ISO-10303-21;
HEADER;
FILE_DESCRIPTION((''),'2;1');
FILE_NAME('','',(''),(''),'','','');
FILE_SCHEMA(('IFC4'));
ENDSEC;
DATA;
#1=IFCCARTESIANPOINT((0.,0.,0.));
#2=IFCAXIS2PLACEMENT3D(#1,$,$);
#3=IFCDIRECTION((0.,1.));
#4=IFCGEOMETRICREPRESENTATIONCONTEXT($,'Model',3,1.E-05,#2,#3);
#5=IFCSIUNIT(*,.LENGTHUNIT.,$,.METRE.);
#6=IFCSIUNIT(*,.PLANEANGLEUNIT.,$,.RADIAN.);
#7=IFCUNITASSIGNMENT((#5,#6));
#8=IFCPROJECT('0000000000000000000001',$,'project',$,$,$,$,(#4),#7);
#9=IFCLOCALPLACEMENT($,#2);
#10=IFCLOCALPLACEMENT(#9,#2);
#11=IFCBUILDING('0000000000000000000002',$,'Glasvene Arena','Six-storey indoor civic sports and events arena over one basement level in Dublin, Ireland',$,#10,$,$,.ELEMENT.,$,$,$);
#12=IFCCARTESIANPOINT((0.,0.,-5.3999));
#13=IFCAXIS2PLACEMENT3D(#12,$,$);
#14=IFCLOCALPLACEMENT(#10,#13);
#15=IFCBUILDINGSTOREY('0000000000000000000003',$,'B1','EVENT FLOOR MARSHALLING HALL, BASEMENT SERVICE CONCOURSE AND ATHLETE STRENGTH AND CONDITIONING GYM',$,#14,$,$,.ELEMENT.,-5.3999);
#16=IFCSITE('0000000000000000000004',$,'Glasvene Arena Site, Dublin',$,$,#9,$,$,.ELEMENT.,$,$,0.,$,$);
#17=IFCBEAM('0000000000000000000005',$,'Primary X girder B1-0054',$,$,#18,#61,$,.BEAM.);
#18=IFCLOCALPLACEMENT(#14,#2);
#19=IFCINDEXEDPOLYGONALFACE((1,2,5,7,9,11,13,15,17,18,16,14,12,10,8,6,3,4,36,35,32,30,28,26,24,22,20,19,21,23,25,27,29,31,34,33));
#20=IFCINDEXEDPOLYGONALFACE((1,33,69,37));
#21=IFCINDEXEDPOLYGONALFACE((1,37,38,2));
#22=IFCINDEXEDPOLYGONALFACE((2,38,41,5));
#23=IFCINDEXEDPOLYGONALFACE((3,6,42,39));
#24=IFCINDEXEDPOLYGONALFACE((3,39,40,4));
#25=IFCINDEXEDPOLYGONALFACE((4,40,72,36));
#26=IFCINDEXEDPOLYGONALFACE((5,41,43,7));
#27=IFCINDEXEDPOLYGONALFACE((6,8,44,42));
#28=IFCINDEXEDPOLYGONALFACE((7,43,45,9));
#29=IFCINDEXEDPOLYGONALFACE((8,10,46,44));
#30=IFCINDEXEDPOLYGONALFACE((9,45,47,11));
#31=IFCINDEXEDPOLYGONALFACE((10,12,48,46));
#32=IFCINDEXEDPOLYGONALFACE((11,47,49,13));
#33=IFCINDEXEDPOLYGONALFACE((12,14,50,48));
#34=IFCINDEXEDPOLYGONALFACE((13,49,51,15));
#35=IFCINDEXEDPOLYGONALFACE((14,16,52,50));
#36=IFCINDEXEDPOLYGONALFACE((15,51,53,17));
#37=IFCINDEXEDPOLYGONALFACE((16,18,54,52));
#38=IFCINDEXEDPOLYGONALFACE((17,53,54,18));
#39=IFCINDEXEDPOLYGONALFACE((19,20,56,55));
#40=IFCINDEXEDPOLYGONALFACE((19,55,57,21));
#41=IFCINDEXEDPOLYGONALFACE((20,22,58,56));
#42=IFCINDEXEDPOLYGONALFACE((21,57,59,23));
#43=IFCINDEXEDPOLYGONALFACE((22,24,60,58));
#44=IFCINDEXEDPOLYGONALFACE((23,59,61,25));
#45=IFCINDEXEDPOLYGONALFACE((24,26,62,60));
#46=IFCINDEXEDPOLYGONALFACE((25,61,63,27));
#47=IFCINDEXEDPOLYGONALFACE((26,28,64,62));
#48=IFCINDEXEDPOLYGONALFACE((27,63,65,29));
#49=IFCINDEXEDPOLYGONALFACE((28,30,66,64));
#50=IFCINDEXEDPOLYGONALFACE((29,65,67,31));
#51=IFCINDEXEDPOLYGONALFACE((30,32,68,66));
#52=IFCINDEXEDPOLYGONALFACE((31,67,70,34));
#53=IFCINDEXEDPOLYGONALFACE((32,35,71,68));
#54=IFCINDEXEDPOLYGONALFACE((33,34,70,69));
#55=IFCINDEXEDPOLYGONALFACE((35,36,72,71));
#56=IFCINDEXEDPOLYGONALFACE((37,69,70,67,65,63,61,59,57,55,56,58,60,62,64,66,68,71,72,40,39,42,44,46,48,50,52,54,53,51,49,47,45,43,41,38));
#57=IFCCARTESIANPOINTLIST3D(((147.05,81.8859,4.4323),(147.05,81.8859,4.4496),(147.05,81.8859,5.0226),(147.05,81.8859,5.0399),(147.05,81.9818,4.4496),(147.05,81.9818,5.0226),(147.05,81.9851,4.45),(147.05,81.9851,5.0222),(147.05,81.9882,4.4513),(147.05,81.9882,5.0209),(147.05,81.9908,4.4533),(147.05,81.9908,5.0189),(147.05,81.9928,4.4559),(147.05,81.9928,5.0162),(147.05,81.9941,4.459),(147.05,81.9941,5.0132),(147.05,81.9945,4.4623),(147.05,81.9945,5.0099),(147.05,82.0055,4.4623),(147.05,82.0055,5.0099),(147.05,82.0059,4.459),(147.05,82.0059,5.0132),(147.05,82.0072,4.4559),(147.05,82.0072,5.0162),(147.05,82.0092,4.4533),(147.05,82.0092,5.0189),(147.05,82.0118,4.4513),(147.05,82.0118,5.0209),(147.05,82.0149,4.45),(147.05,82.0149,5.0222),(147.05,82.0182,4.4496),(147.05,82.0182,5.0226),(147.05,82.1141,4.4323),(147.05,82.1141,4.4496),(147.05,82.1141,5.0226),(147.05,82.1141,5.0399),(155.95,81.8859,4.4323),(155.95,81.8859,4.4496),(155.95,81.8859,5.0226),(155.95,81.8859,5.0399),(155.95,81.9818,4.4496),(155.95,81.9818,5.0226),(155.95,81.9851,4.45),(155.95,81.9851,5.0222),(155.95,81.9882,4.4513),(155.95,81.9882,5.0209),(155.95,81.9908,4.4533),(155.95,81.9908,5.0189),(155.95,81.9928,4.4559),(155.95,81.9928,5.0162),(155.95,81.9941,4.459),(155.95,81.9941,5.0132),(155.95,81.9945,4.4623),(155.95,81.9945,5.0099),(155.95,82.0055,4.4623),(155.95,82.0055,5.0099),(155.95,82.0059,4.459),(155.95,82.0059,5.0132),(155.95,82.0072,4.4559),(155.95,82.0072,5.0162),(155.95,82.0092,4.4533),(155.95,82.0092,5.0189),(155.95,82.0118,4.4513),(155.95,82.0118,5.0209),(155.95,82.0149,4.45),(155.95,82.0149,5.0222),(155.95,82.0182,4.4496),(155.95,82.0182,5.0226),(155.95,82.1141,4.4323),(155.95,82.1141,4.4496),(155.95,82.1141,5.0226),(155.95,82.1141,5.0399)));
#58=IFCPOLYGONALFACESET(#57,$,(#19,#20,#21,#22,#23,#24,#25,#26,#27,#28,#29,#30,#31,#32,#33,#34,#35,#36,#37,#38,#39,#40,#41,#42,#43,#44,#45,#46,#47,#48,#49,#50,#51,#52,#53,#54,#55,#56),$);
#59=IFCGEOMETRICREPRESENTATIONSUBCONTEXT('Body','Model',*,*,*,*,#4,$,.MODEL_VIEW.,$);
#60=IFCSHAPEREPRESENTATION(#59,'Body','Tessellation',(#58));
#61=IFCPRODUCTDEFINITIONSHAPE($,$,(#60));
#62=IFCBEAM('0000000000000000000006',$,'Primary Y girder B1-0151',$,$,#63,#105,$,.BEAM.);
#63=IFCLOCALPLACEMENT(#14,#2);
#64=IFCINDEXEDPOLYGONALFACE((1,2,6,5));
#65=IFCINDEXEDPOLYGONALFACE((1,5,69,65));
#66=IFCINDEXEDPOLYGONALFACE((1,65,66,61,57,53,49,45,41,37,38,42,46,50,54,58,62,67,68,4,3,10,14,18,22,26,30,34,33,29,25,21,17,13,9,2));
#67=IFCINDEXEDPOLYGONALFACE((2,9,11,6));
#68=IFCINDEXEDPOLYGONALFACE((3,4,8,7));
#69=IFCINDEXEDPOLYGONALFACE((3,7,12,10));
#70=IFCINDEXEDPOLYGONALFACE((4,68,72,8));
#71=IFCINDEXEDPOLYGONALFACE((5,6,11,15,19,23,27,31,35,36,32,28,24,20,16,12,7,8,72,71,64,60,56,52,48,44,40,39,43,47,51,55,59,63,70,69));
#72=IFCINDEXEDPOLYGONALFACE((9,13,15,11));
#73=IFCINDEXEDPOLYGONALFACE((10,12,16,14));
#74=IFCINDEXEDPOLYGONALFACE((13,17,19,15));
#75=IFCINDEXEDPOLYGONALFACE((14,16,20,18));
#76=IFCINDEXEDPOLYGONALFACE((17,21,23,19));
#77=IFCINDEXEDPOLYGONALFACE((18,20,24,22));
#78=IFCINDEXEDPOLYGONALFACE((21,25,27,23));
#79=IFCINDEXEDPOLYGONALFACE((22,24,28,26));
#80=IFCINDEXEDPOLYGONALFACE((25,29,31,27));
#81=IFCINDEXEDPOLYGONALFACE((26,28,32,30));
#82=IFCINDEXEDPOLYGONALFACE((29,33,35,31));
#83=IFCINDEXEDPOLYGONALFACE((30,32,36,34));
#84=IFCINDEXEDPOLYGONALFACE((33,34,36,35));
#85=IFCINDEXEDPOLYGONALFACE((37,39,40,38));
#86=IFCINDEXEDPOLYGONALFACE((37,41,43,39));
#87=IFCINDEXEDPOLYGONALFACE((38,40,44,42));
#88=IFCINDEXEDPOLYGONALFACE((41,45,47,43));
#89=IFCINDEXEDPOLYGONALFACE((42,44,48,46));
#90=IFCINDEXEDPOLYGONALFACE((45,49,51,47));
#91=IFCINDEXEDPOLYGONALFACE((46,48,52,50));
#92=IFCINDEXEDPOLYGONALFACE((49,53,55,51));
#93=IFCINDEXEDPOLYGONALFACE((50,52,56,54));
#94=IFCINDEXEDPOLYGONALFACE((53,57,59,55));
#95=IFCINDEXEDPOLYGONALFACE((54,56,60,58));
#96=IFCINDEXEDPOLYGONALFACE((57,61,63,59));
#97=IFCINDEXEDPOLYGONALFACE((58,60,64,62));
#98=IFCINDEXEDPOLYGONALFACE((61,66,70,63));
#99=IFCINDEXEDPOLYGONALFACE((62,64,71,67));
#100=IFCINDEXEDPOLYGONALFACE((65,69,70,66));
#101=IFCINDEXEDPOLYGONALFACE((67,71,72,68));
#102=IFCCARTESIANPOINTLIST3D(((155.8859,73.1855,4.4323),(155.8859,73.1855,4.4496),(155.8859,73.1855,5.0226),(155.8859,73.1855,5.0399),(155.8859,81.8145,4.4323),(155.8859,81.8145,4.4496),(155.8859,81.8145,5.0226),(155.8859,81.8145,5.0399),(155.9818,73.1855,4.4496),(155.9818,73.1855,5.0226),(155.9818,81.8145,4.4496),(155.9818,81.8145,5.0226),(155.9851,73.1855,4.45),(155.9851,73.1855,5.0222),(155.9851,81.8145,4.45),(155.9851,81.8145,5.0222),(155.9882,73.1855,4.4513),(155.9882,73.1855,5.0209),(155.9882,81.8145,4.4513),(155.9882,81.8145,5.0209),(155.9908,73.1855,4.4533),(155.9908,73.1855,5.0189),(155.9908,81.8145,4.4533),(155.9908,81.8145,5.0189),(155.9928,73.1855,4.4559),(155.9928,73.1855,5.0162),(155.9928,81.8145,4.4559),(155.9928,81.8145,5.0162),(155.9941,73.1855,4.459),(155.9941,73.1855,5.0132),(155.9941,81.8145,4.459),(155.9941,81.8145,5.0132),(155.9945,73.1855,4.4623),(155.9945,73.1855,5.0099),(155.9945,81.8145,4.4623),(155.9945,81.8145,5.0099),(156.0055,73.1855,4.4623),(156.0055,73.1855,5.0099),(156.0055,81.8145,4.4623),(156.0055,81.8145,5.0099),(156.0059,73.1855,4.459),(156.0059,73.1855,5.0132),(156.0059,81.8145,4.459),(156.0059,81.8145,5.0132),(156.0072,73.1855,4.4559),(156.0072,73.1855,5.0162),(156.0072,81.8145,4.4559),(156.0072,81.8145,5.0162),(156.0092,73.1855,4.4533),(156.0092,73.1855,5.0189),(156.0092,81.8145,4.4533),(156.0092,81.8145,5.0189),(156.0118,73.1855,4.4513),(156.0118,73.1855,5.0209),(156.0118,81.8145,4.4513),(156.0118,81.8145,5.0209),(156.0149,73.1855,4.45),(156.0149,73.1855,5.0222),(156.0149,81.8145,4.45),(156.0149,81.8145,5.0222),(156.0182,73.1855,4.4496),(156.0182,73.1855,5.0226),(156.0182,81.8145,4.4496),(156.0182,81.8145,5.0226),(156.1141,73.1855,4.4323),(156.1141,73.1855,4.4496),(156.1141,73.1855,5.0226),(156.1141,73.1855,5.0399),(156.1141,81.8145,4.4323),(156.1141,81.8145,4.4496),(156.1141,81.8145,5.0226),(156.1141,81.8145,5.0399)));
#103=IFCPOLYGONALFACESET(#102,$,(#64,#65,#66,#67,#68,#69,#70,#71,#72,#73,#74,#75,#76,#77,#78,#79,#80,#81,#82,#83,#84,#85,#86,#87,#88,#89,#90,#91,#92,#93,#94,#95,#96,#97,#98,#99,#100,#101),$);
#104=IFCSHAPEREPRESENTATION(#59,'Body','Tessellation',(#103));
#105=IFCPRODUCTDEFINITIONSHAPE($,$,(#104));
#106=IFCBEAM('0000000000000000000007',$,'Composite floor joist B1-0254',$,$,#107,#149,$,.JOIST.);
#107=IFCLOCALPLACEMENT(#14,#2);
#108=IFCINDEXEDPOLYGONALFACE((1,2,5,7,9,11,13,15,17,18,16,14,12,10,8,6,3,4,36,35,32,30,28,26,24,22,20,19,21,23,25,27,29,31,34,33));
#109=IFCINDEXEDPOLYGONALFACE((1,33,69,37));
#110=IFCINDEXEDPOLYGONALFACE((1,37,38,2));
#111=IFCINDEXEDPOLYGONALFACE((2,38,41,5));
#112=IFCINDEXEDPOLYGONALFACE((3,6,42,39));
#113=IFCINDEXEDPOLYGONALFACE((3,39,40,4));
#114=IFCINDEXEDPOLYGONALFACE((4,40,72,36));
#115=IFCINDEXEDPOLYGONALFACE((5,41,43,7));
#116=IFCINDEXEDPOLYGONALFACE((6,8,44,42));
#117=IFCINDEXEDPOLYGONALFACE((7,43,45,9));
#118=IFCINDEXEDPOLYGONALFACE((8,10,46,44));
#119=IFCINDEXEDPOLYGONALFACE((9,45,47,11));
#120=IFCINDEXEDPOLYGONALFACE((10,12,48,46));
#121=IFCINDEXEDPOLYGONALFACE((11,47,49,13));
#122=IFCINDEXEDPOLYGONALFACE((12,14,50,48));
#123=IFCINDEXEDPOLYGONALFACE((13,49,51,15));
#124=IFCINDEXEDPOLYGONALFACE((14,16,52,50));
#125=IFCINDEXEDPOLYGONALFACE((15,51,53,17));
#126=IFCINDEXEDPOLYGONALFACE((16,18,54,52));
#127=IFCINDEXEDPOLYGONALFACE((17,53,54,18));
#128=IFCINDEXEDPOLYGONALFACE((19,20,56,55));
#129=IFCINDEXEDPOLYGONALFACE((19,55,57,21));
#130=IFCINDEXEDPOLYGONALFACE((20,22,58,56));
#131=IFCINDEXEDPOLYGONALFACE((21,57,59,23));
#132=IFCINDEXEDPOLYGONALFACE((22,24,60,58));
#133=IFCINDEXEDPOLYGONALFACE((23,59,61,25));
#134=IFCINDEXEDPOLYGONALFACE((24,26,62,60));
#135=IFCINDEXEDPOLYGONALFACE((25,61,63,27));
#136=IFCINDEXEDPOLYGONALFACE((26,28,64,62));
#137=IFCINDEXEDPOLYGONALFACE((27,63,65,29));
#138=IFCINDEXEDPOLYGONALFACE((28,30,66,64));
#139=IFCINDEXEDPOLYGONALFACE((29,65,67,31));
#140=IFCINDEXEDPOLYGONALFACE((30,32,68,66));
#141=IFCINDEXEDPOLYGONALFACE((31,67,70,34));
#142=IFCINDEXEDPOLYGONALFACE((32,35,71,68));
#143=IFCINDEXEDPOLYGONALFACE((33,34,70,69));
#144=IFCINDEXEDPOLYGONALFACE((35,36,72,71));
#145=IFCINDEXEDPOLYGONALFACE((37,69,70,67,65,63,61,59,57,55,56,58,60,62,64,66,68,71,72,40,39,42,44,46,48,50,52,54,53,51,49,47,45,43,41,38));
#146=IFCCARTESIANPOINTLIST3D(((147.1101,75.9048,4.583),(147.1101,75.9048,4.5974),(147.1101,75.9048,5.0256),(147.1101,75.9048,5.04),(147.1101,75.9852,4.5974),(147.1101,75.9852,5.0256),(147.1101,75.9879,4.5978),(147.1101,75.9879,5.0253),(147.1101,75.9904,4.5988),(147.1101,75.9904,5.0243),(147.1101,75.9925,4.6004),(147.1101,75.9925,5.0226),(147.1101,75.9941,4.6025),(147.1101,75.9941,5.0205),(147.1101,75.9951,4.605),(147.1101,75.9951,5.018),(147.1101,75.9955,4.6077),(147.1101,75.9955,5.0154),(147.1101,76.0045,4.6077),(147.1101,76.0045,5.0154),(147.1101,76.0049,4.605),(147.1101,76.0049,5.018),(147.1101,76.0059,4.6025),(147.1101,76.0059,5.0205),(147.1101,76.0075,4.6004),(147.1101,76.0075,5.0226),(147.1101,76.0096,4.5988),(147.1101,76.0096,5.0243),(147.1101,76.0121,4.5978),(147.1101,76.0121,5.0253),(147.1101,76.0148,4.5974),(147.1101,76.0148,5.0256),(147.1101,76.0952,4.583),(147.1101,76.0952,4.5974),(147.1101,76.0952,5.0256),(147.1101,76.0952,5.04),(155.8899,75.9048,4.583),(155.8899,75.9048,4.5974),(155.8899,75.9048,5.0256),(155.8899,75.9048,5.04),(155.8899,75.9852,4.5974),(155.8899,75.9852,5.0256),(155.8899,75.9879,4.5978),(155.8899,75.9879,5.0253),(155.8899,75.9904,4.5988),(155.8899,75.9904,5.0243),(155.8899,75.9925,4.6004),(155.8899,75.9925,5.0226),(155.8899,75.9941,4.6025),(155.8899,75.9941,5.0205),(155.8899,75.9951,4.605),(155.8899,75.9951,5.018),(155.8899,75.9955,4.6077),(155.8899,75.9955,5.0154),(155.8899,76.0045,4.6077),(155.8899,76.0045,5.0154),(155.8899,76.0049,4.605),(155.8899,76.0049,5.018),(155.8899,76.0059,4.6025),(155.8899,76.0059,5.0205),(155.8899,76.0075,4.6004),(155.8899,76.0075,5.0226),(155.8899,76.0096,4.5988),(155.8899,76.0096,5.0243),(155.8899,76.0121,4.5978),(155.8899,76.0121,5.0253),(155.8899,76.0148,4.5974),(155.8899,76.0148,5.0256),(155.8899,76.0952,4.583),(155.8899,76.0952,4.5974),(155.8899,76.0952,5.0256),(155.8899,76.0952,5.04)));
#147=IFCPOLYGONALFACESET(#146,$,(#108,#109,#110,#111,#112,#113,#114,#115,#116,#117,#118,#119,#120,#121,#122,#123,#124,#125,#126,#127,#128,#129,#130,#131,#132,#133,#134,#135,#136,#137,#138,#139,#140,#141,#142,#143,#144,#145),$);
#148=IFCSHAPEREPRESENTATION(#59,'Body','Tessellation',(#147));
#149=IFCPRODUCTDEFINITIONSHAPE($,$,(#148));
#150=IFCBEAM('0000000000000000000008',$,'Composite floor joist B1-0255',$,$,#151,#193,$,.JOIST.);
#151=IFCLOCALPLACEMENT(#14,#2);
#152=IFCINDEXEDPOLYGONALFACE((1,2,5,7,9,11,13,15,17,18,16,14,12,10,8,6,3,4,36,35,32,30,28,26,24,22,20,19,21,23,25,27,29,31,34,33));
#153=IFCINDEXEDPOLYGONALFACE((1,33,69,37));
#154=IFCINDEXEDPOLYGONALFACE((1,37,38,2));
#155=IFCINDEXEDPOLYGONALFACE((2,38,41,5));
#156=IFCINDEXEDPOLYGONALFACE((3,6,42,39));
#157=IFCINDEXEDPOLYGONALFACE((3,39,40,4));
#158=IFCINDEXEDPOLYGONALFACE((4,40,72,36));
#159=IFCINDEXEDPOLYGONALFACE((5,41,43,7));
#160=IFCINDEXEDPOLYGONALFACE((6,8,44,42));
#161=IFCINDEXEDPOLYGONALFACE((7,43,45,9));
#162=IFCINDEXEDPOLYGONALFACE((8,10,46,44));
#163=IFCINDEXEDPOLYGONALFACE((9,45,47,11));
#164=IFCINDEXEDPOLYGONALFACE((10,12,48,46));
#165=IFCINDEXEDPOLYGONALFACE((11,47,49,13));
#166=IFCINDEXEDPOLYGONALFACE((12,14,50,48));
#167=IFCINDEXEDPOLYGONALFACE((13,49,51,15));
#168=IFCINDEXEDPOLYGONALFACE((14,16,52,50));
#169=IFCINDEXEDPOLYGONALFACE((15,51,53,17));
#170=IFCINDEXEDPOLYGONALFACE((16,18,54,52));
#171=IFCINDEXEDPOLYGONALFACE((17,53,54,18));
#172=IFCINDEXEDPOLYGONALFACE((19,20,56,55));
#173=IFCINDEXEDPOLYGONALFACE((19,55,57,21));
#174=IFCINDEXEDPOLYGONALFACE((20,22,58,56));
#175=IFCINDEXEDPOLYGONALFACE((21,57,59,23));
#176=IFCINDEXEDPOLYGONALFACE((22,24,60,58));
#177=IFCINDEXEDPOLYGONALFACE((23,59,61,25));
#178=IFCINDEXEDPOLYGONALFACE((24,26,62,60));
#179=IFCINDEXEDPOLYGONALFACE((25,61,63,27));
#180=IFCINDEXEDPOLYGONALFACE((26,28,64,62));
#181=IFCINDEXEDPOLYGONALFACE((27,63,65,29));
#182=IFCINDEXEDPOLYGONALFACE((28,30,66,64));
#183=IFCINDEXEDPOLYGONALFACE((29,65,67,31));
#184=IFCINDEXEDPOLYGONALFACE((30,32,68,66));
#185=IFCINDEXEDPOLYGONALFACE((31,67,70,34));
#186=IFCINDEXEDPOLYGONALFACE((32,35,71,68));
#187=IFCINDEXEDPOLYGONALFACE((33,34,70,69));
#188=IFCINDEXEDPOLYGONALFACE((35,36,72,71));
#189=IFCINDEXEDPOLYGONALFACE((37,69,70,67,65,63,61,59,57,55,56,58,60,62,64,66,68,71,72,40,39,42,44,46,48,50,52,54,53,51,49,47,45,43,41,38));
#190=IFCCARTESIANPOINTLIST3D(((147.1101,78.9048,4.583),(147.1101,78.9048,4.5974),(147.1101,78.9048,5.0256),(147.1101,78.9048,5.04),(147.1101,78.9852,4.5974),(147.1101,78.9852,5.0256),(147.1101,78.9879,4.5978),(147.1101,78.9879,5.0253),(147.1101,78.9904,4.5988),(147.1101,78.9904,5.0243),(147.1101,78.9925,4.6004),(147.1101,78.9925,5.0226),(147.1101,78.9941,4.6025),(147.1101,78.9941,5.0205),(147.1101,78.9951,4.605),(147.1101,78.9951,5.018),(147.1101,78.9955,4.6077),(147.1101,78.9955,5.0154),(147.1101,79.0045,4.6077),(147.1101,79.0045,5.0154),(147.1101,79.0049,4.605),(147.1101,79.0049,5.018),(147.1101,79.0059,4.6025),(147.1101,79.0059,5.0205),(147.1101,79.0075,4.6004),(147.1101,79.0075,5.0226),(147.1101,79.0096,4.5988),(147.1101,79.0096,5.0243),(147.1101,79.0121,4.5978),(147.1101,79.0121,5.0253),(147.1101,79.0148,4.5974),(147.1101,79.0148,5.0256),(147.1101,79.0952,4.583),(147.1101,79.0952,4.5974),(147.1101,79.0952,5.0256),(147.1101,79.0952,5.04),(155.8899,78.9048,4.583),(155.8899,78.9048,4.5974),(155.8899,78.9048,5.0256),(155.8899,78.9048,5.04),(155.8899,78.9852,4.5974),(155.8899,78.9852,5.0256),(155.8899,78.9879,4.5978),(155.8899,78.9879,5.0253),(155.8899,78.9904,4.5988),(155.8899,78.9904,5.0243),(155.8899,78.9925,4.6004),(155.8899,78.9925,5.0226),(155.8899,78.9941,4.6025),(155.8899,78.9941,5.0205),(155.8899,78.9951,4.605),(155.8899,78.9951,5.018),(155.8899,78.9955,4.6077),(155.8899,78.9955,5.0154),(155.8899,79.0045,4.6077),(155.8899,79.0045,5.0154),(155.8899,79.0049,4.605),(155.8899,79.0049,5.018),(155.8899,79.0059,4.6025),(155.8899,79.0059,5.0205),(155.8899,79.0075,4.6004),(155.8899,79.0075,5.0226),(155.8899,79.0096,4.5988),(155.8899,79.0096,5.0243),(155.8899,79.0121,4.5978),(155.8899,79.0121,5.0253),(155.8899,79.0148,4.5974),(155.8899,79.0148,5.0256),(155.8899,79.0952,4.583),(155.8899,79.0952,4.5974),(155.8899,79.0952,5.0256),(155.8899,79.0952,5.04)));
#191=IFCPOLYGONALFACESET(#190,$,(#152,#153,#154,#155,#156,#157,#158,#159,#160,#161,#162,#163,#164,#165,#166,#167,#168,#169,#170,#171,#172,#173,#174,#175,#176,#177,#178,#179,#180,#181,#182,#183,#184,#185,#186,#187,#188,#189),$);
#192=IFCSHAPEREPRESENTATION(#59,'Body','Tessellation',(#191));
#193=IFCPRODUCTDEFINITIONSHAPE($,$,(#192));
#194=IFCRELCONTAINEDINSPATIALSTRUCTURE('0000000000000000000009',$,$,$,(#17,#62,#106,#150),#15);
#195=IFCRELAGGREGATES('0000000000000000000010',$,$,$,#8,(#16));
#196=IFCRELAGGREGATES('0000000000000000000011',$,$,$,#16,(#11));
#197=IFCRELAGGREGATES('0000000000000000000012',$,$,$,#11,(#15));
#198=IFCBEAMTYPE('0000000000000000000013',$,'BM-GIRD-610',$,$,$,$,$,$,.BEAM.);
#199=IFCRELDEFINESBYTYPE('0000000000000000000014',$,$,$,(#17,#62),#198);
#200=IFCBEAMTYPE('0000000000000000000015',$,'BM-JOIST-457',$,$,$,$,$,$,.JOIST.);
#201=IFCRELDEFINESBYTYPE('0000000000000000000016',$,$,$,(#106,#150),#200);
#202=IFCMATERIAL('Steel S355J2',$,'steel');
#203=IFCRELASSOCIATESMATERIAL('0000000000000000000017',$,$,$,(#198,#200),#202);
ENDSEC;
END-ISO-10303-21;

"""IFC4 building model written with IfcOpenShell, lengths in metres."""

from ifc_helpers import new_model, si_unit, direction, frame, origin, origin_2d, place, context, subcontext, project, spatial, i_section, extrude, material, material_profile, profile_set, type_object, element, save


model = new_model("IFC4")

# Units and contexts
model_context = context("Model", 3, precision=1e-05, world=origin(), true_north=direction((0.0, 1.0)))
body_context = subcontext(model_context, "Body", "Model", "MODEL_VIEW")
ifc_project = project(units=[si_unit("LENGTHUNIT", "METRE"), si_unit("PLANEANGLEUNIT", "RADIAN")], contexts=[model_context])

# Site, building, storey
site_placement = place(None, origin())
site = spatial("IfcSite", under=ifc_project, at=site_placement, Name="Glasvene Arena Site, Dublin", CompositionType="ELEMENT", RefElevation=0.0)
building_placement = place(site_placement, origin())
building = spatial("IfcBuilding", under=site, at=building_placement, Name="Glasvene Arena", Description="Six-storey indoor civic sports and events arena over one basement level in Dublin, Ireland", CompositionType="ELEMENT")
storey_placement = place(building_placement, frame((0.0, 0.0, -5.3999)))
storey = spatial("IfcBuildingStorey", under=building, at=storey_placement, Name="B1", Description="EVENT FLOOR MARSHALLING HALL, BASEMENT SERVICE CONCOURSE AND ATHLETE STRENGTH AND CONDITIONING GYM", CompositionType="ELEMENT", Elevation=-5.3999)

# Shared definitions
ifc_material_1 = material(Name="Steel S355J2", Category="steel")

# Beams
ifc_material_profile_1 = material_profile(ifc_material_1, i_section(OverallWidth=0.2283, OverallDepth=0.6077, WebThickness=0.011, FlangeThickness=0.0173, FilletRadius=0.0127, at=origin_2d()), Name="UKB 610x229x113")
ifc_profile_set_1 = profile_set([ifc_material_profile_1], Name="Steel S355J2")
beam_type_1 = type_object("IfcBeamType", Name="BM-GIRD-610", PredefinedType="BEAM", material=ifc_profile_set_1)
beam_1_placement = place(storey_placement, frame((147.05, 82.0, 4.7361), z_axis=(1.0, 0.0, 0.0), x_axis=(0.0, 1.0, 0.0)))
element("IfcBeam", 1, at=beam_1_placement, inside=storey, type_object=beam_type_1, Name="Primary X girder B1-0054", PredefinedType="BEAM", context=body_context, shape_type="SweptSolid", body=[
    extrude(i_section(OverallWidth=0.2283, OverallDepth=0.6077, WebThickness=0.011, FlangeThickness=0.0173, FilletRadius=0.0127, at=origin_2d()), origin(), (0.0, 0.0, 1.0), 8.8999),
])
beam_2_placement = place(storey_placement, frame((156.0, 73.1855, 4.7361), z_axis=(0.0, 1.0, 0.0), x_axis=(-1.0, 0.0, 0.0)))
element("IfcBeam", 2, at=beam_2_placement, inside=storey, type_object=beam_type_1, Name="Primary Y girder B1-0151", PredefinedType="BEAM", context=body_context, shape_type="SweptSolid", body=[
    extrude(i_section(OverallWidth=0.2283, OverallDepth=0.6077, WebThickness=0.011, FlangeThickness=0.0173, FilletRadius=0.0127, at=origin_2d()), origin(), (0.0, 0.0, 1.0), 8.6289),
])
ifc_material_profile_2 = material_profile(ifc_material_1, i_section(OverallWidth=0.1904, OverallDepth=0.457, WebThickness=0.009, FlangeThickness=0.0144, FilletRadius=0.0103, at=origin_2d()), Name="UKB 457x191x74")
ifc_profile_set_2 = profile_set([ifc_material_profile_2], Name="Steel S355J2")
beam_type_2 = type_object("IfcBeamType", Name="BM-JOIST-457", PredefinedType="JOIST", material=ifc_profile_set_2)
for number, where, z_axis, x_axis, name in (
    (3, (147.1101, 76.0, 4.8115), (1.0, 0.0, 0.0), (0.0, 1.0, 0.0), "Composite floor joist B1-0254"),
    (4, (147.1101, 79.0, 4.8115), (1.0, 0.0, 0.0), (0.0, 1.0, 0.0), "Composite floor joist B1-0255"),
):
    element("IfcBeam", number, at=place(storey_placement, frame(where, z_axis=z_axis, x_axis=x_axis)), inside=storey, type_object=beam_type_2, Name=name, PredefinedType="JOIST", context=body_context, shape_type="SweptSolid", body=[
        extrude(i_section(OverallWidth=0.1904, OverallDepth=0.457, WebThickness=0.009, FlangeThickness=0.0144, FilletRadius=0.0103, at=origin_2d()), origin(), (0.0, 0.0, 1.0), 8.7798),
    ])

save(model, "model.ifc")
